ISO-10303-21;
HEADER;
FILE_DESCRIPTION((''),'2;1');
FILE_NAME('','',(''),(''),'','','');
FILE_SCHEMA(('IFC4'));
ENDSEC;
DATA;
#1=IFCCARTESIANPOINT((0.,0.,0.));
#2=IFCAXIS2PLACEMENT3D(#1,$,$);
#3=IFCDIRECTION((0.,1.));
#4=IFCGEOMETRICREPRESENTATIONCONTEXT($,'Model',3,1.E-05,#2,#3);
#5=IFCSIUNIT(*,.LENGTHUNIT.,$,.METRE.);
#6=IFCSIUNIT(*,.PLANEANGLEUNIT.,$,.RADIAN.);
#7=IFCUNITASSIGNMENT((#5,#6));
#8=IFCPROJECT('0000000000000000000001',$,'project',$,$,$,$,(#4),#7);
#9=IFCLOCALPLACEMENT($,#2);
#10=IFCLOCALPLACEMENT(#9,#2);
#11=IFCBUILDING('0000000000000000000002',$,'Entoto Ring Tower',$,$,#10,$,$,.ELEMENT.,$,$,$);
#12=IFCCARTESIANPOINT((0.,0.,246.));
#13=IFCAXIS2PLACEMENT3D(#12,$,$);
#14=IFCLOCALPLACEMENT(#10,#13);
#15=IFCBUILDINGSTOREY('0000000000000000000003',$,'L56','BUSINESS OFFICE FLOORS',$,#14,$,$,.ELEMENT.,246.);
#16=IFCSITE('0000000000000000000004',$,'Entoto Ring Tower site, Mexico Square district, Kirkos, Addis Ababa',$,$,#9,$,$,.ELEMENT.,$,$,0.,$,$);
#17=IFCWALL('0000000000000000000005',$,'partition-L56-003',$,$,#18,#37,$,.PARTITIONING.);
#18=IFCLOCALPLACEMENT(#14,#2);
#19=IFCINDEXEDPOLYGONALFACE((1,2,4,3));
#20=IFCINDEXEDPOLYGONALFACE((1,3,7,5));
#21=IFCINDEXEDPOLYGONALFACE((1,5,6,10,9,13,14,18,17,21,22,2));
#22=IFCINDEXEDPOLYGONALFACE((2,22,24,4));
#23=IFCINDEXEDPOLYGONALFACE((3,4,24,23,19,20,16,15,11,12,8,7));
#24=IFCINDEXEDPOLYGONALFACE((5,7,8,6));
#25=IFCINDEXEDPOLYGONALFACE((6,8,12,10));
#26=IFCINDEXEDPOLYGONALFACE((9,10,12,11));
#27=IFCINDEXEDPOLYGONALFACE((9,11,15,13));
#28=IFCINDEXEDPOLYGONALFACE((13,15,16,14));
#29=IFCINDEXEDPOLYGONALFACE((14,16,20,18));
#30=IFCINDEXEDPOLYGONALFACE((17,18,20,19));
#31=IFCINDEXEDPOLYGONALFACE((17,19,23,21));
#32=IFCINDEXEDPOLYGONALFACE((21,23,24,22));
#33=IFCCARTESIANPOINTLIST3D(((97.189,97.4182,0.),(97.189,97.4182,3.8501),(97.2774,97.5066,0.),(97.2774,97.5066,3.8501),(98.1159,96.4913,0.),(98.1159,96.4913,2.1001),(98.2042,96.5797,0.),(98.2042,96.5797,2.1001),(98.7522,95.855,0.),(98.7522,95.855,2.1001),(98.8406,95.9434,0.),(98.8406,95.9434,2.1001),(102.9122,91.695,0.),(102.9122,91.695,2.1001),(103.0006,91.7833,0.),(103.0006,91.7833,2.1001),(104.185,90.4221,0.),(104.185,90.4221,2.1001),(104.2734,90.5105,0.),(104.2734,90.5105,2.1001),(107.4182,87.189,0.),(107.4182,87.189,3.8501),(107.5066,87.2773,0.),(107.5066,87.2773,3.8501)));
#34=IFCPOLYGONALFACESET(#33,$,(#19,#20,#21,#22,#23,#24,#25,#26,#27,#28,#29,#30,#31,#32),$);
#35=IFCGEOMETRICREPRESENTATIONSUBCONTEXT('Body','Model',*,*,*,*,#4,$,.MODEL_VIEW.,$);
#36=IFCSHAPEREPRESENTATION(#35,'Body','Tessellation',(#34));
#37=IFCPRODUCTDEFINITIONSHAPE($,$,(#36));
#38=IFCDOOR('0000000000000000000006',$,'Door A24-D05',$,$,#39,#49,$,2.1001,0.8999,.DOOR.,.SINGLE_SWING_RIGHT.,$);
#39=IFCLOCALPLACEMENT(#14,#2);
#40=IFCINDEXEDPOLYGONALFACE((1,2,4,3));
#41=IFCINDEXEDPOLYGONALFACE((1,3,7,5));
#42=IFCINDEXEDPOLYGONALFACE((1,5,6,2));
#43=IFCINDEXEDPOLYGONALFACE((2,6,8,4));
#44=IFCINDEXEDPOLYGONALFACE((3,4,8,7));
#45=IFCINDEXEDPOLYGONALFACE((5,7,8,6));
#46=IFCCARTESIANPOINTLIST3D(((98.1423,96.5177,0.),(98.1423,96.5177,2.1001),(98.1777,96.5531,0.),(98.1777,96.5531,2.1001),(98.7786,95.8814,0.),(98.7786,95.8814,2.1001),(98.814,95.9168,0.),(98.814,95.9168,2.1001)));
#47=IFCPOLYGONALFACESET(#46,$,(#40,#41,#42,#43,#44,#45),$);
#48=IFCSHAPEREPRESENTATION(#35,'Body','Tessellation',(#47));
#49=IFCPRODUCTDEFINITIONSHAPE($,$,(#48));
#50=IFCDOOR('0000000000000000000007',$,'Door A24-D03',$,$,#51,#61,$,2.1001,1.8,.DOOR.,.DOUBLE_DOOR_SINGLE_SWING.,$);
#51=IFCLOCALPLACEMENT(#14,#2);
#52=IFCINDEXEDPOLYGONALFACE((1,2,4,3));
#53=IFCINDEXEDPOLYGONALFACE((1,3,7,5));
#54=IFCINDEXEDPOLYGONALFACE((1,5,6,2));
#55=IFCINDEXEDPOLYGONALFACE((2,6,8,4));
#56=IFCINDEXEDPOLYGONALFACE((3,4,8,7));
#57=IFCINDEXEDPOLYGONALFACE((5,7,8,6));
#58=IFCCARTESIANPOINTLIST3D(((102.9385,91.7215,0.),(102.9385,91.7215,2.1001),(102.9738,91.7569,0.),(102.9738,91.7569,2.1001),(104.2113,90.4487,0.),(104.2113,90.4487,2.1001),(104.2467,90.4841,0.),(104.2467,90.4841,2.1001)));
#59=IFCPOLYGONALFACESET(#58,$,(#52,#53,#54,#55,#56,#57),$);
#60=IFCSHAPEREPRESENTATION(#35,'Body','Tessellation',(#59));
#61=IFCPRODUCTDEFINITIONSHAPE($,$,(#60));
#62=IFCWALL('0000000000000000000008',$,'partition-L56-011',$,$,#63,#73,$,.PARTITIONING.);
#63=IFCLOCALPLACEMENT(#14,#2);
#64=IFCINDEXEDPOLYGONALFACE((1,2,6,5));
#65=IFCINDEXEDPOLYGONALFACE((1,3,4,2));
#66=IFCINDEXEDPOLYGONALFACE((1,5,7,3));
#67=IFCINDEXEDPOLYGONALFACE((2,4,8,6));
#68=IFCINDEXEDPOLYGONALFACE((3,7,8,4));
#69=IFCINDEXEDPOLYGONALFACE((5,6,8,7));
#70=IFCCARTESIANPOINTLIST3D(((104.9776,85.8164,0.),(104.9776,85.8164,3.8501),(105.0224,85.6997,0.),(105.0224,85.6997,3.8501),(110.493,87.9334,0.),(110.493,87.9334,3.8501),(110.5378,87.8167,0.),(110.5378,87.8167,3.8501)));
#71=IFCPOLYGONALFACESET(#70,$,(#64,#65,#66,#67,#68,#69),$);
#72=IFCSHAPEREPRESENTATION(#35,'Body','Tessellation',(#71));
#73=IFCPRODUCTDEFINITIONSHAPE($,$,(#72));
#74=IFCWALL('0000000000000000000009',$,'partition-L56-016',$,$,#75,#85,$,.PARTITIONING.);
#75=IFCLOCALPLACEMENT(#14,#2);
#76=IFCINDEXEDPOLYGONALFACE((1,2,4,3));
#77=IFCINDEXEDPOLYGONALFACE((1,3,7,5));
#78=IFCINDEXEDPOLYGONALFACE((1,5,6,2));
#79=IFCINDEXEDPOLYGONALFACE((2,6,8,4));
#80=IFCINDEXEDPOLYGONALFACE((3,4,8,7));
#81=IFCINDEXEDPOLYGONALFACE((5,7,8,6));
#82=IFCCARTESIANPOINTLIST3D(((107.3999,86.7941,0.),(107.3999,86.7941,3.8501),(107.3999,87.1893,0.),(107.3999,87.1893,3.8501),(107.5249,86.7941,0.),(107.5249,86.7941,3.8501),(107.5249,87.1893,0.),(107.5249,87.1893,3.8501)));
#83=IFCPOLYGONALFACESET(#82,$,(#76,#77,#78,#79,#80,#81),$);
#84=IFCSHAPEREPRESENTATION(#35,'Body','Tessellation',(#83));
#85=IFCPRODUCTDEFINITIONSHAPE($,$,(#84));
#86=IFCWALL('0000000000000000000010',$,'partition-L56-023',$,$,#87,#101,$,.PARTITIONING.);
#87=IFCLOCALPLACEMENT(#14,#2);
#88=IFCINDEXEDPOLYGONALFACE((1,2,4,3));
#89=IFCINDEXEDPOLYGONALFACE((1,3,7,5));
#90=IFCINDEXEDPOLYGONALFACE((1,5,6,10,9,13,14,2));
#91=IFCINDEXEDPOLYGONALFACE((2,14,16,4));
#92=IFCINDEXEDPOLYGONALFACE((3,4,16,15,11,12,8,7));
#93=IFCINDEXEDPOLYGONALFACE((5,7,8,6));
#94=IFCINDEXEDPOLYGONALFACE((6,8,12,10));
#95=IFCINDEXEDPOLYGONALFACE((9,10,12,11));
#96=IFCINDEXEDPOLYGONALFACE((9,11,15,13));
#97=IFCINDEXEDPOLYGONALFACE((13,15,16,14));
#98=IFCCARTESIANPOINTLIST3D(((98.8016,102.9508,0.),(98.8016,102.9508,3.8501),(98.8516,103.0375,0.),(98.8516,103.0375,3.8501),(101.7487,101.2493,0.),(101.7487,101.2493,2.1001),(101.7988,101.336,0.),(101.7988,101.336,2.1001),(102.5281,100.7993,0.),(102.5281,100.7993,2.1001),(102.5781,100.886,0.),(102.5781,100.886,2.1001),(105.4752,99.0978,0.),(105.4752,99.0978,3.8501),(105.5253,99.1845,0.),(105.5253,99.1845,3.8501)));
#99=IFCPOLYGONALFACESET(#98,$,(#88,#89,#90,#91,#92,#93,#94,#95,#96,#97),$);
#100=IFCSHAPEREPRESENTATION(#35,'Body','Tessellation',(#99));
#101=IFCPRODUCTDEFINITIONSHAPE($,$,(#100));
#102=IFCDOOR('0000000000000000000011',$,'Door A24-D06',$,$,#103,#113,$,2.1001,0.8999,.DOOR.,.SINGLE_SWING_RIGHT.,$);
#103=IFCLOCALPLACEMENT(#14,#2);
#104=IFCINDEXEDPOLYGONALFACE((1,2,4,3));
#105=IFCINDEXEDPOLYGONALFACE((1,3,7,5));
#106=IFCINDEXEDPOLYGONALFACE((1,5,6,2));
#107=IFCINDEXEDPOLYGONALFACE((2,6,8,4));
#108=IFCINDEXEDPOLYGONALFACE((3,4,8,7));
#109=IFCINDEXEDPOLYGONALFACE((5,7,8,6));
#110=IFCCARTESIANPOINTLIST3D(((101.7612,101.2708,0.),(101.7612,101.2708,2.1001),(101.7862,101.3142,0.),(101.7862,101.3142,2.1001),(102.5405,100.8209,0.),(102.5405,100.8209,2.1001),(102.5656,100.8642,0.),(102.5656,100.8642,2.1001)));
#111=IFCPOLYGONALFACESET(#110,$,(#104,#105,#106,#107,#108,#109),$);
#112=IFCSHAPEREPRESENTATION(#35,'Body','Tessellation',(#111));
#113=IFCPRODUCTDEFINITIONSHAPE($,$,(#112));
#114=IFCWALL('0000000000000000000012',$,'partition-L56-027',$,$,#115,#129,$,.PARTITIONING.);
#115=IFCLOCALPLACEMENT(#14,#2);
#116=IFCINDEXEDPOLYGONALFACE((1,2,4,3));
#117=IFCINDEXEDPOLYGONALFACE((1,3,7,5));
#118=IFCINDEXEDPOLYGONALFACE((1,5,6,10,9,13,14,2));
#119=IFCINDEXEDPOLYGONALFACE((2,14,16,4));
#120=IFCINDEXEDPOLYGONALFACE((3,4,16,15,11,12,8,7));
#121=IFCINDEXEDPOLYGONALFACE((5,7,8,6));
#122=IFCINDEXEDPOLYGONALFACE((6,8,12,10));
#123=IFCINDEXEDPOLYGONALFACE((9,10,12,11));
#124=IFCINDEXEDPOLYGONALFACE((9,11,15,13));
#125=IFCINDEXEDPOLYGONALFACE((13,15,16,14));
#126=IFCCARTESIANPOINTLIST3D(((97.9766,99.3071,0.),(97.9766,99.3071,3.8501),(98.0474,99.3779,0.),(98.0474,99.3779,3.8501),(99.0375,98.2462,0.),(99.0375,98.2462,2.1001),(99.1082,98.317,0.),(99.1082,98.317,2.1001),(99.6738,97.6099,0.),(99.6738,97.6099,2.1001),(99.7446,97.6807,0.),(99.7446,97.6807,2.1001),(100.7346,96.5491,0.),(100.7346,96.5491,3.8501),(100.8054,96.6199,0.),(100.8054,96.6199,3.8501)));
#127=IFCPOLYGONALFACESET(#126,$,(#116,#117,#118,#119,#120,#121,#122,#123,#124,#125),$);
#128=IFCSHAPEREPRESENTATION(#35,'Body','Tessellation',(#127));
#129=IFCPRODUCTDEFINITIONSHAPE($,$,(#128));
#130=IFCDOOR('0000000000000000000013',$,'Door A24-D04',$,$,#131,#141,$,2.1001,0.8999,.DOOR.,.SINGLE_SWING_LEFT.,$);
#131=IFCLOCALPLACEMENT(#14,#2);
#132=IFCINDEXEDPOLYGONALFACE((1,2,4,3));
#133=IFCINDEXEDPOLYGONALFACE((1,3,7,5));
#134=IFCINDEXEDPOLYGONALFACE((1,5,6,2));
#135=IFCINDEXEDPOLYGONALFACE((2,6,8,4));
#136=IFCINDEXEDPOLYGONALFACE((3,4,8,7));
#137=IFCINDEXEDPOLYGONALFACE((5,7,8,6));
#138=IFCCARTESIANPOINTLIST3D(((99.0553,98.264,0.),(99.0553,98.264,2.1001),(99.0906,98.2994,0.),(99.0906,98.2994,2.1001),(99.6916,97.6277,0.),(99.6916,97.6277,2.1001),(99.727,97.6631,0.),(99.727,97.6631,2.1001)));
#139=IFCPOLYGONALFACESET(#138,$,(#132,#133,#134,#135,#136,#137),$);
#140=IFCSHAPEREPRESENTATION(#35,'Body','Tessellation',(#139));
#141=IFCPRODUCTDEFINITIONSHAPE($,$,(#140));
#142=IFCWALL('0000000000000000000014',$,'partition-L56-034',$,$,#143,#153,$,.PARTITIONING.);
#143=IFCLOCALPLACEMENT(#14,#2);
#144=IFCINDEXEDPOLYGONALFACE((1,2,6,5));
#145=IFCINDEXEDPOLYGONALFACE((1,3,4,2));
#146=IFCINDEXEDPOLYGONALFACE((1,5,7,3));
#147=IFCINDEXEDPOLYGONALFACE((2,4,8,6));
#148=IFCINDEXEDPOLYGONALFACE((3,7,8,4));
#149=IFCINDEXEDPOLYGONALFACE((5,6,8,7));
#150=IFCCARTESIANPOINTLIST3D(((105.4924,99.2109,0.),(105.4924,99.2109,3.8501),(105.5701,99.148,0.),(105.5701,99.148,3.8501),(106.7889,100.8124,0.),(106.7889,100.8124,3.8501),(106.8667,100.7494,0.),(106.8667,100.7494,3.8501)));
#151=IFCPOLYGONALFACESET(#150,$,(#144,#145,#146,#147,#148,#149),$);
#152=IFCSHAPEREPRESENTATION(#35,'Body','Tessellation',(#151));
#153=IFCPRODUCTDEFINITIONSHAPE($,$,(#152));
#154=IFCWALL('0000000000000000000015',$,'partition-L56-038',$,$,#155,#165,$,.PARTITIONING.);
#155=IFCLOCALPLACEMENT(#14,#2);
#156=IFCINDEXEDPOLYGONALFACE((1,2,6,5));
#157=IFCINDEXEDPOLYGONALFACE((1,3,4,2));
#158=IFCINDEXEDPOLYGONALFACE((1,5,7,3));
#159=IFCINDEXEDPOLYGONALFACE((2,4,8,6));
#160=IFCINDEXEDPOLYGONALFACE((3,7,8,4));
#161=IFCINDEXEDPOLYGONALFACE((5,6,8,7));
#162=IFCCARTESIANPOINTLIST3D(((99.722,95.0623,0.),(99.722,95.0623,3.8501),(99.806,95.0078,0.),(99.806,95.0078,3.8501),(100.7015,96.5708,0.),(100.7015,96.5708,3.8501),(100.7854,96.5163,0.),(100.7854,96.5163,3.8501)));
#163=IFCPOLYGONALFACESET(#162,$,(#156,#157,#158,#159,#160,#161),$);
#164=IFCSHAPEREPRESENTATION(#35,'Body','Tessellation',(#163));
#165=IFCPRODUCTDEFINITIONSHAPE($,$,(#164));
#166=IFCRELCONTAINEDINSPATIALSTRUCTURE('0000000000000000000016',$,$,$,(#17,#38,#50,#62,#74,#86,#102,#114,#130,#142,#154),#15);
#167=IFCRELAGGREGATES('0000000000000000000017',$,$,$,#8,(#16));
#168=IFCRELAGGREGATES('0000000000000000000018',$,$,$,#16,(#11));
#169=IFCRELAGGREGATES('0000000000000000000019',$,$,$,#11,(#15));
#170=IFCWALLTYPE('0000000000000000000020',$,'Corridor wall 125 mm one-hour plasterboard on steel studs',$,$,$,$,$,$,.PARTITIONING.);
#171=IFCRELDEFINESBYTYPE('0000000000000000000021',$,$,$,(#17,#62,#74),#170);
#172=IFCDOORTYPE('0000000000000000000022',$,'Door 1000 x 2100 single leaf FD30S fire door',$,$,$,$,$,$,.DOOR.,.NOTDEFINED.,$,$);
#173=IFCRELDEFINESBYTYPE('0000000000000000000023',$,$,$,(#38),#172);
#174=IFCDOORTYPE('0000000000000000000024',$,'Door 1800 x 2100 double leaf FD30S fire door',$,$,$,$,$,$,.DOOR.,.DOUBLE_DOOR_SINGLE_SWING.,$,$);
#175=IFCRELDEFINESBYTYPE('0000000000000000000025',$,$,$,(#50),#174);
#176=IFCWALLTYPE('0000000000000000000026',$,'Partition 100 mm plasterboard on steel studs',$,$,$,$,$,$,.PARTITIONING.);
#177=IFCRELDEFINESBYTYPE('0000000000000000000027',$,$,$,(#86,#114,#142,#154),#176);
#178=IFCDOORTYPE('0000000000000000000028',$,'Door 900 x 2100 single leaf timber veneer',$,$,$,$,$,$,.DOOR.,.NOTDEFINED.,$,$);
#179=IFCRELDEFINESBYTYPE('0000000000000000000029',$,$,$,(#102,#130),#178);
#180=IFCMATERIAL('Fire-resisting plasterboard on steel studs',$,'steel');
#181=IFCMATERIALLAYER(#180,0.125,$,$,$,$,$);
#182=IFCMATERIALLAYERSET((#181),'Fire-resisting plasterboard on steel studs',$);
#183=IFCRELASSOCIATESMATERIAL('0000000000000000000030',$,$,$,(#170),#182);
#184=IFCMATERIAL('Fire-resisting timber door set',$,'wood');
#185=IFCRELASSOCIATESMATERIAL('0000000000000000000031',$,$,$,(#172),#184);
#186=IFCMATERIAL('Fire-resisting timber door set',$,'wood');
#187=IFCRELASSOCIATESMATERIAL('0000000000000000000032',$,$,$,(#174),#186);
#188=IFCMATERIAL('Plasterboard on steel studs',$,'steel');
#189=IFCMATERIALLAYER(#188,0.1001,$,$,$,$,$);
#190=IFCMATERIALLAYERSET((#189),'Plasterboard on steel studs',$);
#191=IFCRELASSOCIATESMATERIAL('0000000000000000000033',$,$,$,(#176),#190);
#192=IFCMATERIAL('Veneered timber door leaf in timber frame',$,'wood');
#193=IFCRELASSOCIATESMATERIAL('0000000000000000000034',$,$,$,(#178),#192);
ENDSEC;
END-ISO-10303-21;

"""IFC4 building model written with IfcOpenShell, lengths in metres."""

from ifc_helpers import new_model, si_unit, direction, frame, frame_2d, origin, place, context, subcontext, project, spatial, rectangle, extrude, material, layer, layer_set, type_object, element, fill, save


model = new_model("IFC4")

# Units and contexts
model_context = context("Model", 3, precision=1e-05, world=origin(), true_north=direction((0.0, 1.0)))
body_context = subcontext(model_context, "Body", "Model", "MODEL_VIEW")
ifc_project = project(units=[si_unit("LENGTHUNIT", "METRE"), si_unit("PLANEANGLEUNIT", "RADIAN")], contexts=[model_context])

# Site, building, storey
site_placement = place(None, origin())
site = spatial("IfcSite", under=ifc_project, at=site_placement, Name="Entoto Ring Tower site, Mexico Square district, Kirkos, Addis Ababa", CompositionType="ELEMENT", RefElevation=0.0)
building_placement = place(site_placement, origin())
building = spatial("IfcBuilding", under=site, at=building_placement, Name="Entoto Ring Tower", CompositionType="ELEMENT")
storey_placement = place(building_placement, frame((0.0, 0.0, 246.0)))
storey = spatial("IfcBuildingStorey", under=building, at=storey_placement, Name="L56", Description="BUSINESS OFFICE FLOORS", CompositionType="ELEMENT", Elevation=246.0)

# Wall, openings, doors
ifc_material_1 = material(Name="Fire-resisting plasterboard on steel studs", Category="steel")
ifc_layer_1 = layer(ifc_material_1, 0.125)
ifc_layer_set_1 = layer_set([ifc_layer_1], Name="Fire-resisting plasterboard on steel studs")
wall_type_1 = type_object("IfcWallType", Name="Corridor wall 125 mm one-hour plasterboard on steel studs", PredefinedType="PARTITIONING", material=ifc_layer_set_1)
wall_1_placement = place(storey_placement, frame((107.4624, 87.2332, 0.0), z_axis=(0.0, 0.0, 1.0), x_axis=(-0.707107, 0.707107, 0.0)))
wall_1 = element("IfcWall", 1, at=wall_1_placement, inside=storey, type_object=wall_type_1, Name="partition-L56-003", PredefinedType="PARTITIONING", context=body_context, shape_type="SweptSolid", body=[
    extrude(rectangle(XDim=14.4663, YDim=0.125, at=frame_2d((7.2332, 0.0))), origin(), (0.0, 0.0, 1.0), 3.8501),
])
opening_1_placement = place(wall_1_placement, frame((4.5725, 0.0, 0.0)))
opening_1 = element("IfcOpeningElement", 2, at=opening_1_placement, cuts=wall_1, PredefinedType="OPENING", context=body_context, shape_type="SweptSolid", body=[
    extrude(rectangle(XDim=1.8, YDim=2.1001, at=frame_2d((0.8999, 1.05))), frame((0.0, 0.0725, 0.0), z_axis=(0.0, -1.0, 0.0), x_axis=(1.0, 0.0, 0.0)), (0.0, 0.0, 1.0), 0.145),
])
opening_2_placement = place(wall_1_placement, frame((12.2556, 0.0, 0.0)))
opening_2 = element("IfcOpeningElement", 3, at=opening_2_placement, cuts=wall_1, PredefinedType="OPENING", context=body_context, shape_type="SweptSolid", body=[
    extrude(rectangle(XDim=0.8999, YDim=2.1001, at=frame_2d((0.45, 1.05))), frame((0.0, 0.0725, 0.0), z_axis=(0.0, -1.0, 0.0), x_axis=(1.0, 0.0, 0.0)), (0.0, 0.0, 1.0), 0.145),
])
ifc_material_2 = material(Name="Fire-resisting timber door set", Category="wood")
door_type_1 = type_object("IfcDoorType", Name="Door 1000 x 2100 single leaf FD30S fire door", OperationType="NOTDEFINED", PredefinedType="DOOR", material=ifc_material_2)
door_1_placement = place(opening_2_placement, frame((0.8999, 0.0, 0.0), z_axis=(0.0, 0.0, 1.0), x_axis=(-1.0, 0.0, 0.0)))
door_1 = element("IfcDoor", 4, at=door_1_placement, inside=storey, type_object=door_type_1, Name="Door A24-D05", OperationType="SINGLE_SWING_RIGHT", OverallHeight=2.1001, OverallWidth=0.8999, PredefinedType="DOOR", context=body_context, shape_type="SweptSolid", body=[
    extrude(rectangle(XDim=0.8999, YDim=2.1001, at=frame_2d((0.45, 1.05))), frame((0.0, 0.0249, 0.0), z_axis=(0.0, -1.0, 0.0), x_axis=(1.0, 0.0, 0.0)), (0.0, 0.0, 1.0), 0.05),
])
fill(opening_2, door_1)
ifc_material_3 = material(Name="Fire-resisting timber door set", Category="wood")
door_type_2 = type_object("IfcDoorType", Name="Door 1800 x 2100 double leaf FD30S fire door", OperationType="DOUBLE_DOOR_SINGLE_SWING", PredefinedType="DOOR", material=ifc_material_3)
door_2_placement = place(opening_1_placement, frame((1.8, 0.0, 0.0), z_axis=(0.0, 0.0, 1.0), x_axis=(-1.0, 0.0, 0.0)))
door_2 = element("IfcDoor", 5, at=door_2_placement, inside=storey, type_object=door_type_2, Name="Door A24-D03", OperationType="DOUBLE_DOOR_SINGLE_SWING", OverallHeight=2.1001, OverallWidth=1.8, PredefinedType="DOOR", context=body_context, shape_type="SweptSolid", body=[
    extrude(rectangle(XDim=1.8, YDim=2.1001, at=frame_2d((0.8999, 1.05))), frame((0.0, 0.0249, 0.0), z_axis=(0.0, -1.0, 0.0), x_axis=(1.0, 0.0, 0.0)), (0.0, 0.0, 1.0), 0.05),
])
fill(opening_1, door_2)

# Walls
wall_2_placement = place(storey_placement, frame((105.0, 85.7581, 0.0), z_axis=(0.0, 0.0, 1.0), x_axis=(0.933592, 0.358337, 0.0)))
element("IfcWall", 6, at=wall_2_placement, inside=storey, type_object=wall_type_1, Name="partition-L56-011", PredefinedType="PARTITIONING", context=body_context, shape_type="SweptSolid", body=[
    extrude(rectangle(XDim=5.9077, YDim=0.125, at=frame_2d((2.9539, 0.0))), origin(), (0.0, 0.0, 1.0), 3.8501),
])
wall_3_placement = place(storey_placement, frame((107.4624, 86.7939, 0.0), z_axis=(0.0, 0.0, 1.0), x_axis=(0.0, 1.0, 0.0)))
element("IfcWall", 7, at=wall_3_placement, inside=storey, type_object=wall_type_1, Name="partition-L56-016", PredefinedType="PARTITIONING", context=body_context, shape_type="SweptSolid", body=[
    extrude(rectangle(XDim=0.3953, YDim=0.125, at=frame_2d((0.1978, 0.0))), origin(), (0.0, 0.0, 1.0), 3.8501),
])

# Walls, openings, doors
ifc_material_4 = material(Name="Plasterboard on steel studs", Category="steel")
ifc_layer_2 = layer(ifc_material_4, 0.1001)
ifc_layer_set_2 = layer_set([ifc_layer_2], Name="Plasterboard on steel studs")
wall_type_2 = type_object("IfcWallType", Name="Partition 100 mm plasterboard on steel studs", PredefinedType="PARTITIONING", material=ifc_layer_set_2)
wall_4_placement = place(storey_placement, frame((105.5002, 99.1411, 0.0), z_axis=(0.0, 0.0, 1.0), x_axis=(-0.866024, 0.500003, 0.0)))
wall_4 = element("IfcWall", 8, at=wall_4_placement, inside=storey, type_object=wall_type_2, Name="partition-L56-023", PredefinedType="PARTITIONING", context=body_context, shape_type="SweptSolid", body=[
    extrude(rectangle(XDim=7.7061, YDim=0.1001, at=frame_2d((3.853, 0.0))), origin(), (0.0, 0.0, 1.0), 3.8501),
])
opening_3_placement = place(wall_4_placement, frame((3.4031, 0.0, 0.0)))
opening_3 = element("IfcOpeningElement", 9, at=opening_3_placement, cuts=wall_4, PredefinedType="OPENING", context=body_context, shape_type="SweptSolid", body=[
    extrude(rectangle(XDim=0.8999, YDim=2.1001, at=frame_2d((0.45, 1.05))), frame((0.0, 0.0601, 0.0), z_axis=(0.0, -1.0, 0.0), x_axis=(1.0, 0.0, 0.0)), (0.0, 0.0, 1.0), 0.1201),
])
ifc_material_5 = material(Name="Veneered timber door leaf in timber frame", Category="wood")
door_type_3 = type_object("IfcDoorType", Name="Door 900 x 2100 single leaf timber veneer", OperationType="NOTDEFINED", PredefinedType="DOOR", material=ifc_material_5)
door_3_placement = place(opening_3_placement, frame((0.8999, 0.0, 0.0), z_axis=(0.0, 0.0, 1.0), x_axis=(-1.0, 0.0, 0.0)))
door_3 = element("IfcDoor", 10, at=door_3_placement, inside=storey, type_object=door_type_3, Name="Door A24-D06", OperationType="SINGLE_SWING_RIGHT", OverallHeight=2.1001, OverallWidth=0.8999, PredefinedType="DOOR", context=body_context, shape_type="SweptSolid", body=[
    extrude(rectangle(XDim=0.8999, YDim=2.1001, at=frame_2d((0.45, 1.05))), frame((0.0, 0.0249, 0.0), z_axis=(0.0, -1.0, 0.0), x_axis=(1.0, 0.0, 0.0)), (0.0, 0.0, 1.0), 0.05),
])
fill(opening_3, door_3)
wall_5_placement = place(storey_placement, frame((100.77, 96.5845, 0.0), z_axis=(0.0, 0.0, 1.0), x_axis=(-0.707107, 0.707107, 0.0)))
wall_5 = element("IfcWall", 11, at=wall_5_placement, inside=storey, type_object=wall_type_2, Name="partition-L56-027", PredefinedType="PARTITIONING", context=body_context, shape_type="SweptSolid", body=[
    extrude(rectangle(XDim=3.9004, YDim=0.1001, at=frame_2d((1.9502, 0.0))), origin(), (0.0, 0.0, 1.0), 3.8501),
])
opening_4_placement = place(wall_5_placement, frame((1.5002, 0.0, 0.0)))
opening_4 = element("IfcOpeningElement", 12, at=opening_4_placement, cuts=wall_5, PredefinedType="OPENING", context=body_context, shape_type="SweptSolid", body=[
    extrude(rectangle(XDim=0.8999, YDim=2.1001, at=frame_2d((0.45, 1.05))), frame((0.0, 0.0601, 0.0), z_axis=(0.0, -1.0, 0.0), x_axis=(1.0, 0.0, 0.0)), (0.0, 0.0, 1.0), 0.1201),
])
door_4_placement = place(opening_4_placement, origin())
door_4 = element("IfcDoor", 13, at=door_4_placement, inside=storey, type_object=door_type_3, Name="Door A24-D04", OperationType="SINGLE_SWING_LEFT", OverallHeight=2.1001, OverallWidth=0.8999, PredefinedType="DOOR", context=body_context, shape_type="SweptSolid", body=[
    extrude(rectangle(XDim=0.8999, YDim=2.1001, at=frame_2d((0.45, 1.05))), frame((0.0, 0.0249, 0.0), z_axis=(0.0, -1.0, 0.0), x_axis=(1.0, 0.0, 0.0)), (0.0, 0.0, 1.0), 0.05),
])
fill(opening_4, door_4)

# Walls
wall_6_placement = place(storey_placement, frame((105.5312, 99.1794, 0.0), z_axis=(0.0, 0.0, 1.0), x_axis=(0.629236, 0.777215, 0.0)))
element("IfcWall", 14, at=wall_6_placement, inside=storey, type_object=wall_type_2, Name="partition-L56-034", PredefinedType="PARTITIONING", context=body_context, shape_type="SweptSolid", body=[
    extrude(rectangle(XDim=2.0605, YDim=0.1001, at=frame_2d((1.0303, 0.0))), origin(), (0.0, 0.0, 1.0), 3.8501),
])
wall_7_placement = place(storey_placement, frame((99.7639, 95.0349, 0.0), z_axis=(0.0, 0.0, 1.0), x_axis=(0.544573, 0.838713, 0.0)))
element("IfcWall", 15, at=wall_7_placement, inside=storey, type_object=wall_type_2, Name="partition-L56-038", PredefinedType="PARTITIONING", context=body_context, shape_type="SweptSolid", body=[
    extrude(rectangle(XDim=1.7986, YDim=0.1001, at=frame_2d((0.8994, 0.0))), origin(), (0.0, 0.0, 1.0), 3.8501),
])

save(model, "model.ifc")
